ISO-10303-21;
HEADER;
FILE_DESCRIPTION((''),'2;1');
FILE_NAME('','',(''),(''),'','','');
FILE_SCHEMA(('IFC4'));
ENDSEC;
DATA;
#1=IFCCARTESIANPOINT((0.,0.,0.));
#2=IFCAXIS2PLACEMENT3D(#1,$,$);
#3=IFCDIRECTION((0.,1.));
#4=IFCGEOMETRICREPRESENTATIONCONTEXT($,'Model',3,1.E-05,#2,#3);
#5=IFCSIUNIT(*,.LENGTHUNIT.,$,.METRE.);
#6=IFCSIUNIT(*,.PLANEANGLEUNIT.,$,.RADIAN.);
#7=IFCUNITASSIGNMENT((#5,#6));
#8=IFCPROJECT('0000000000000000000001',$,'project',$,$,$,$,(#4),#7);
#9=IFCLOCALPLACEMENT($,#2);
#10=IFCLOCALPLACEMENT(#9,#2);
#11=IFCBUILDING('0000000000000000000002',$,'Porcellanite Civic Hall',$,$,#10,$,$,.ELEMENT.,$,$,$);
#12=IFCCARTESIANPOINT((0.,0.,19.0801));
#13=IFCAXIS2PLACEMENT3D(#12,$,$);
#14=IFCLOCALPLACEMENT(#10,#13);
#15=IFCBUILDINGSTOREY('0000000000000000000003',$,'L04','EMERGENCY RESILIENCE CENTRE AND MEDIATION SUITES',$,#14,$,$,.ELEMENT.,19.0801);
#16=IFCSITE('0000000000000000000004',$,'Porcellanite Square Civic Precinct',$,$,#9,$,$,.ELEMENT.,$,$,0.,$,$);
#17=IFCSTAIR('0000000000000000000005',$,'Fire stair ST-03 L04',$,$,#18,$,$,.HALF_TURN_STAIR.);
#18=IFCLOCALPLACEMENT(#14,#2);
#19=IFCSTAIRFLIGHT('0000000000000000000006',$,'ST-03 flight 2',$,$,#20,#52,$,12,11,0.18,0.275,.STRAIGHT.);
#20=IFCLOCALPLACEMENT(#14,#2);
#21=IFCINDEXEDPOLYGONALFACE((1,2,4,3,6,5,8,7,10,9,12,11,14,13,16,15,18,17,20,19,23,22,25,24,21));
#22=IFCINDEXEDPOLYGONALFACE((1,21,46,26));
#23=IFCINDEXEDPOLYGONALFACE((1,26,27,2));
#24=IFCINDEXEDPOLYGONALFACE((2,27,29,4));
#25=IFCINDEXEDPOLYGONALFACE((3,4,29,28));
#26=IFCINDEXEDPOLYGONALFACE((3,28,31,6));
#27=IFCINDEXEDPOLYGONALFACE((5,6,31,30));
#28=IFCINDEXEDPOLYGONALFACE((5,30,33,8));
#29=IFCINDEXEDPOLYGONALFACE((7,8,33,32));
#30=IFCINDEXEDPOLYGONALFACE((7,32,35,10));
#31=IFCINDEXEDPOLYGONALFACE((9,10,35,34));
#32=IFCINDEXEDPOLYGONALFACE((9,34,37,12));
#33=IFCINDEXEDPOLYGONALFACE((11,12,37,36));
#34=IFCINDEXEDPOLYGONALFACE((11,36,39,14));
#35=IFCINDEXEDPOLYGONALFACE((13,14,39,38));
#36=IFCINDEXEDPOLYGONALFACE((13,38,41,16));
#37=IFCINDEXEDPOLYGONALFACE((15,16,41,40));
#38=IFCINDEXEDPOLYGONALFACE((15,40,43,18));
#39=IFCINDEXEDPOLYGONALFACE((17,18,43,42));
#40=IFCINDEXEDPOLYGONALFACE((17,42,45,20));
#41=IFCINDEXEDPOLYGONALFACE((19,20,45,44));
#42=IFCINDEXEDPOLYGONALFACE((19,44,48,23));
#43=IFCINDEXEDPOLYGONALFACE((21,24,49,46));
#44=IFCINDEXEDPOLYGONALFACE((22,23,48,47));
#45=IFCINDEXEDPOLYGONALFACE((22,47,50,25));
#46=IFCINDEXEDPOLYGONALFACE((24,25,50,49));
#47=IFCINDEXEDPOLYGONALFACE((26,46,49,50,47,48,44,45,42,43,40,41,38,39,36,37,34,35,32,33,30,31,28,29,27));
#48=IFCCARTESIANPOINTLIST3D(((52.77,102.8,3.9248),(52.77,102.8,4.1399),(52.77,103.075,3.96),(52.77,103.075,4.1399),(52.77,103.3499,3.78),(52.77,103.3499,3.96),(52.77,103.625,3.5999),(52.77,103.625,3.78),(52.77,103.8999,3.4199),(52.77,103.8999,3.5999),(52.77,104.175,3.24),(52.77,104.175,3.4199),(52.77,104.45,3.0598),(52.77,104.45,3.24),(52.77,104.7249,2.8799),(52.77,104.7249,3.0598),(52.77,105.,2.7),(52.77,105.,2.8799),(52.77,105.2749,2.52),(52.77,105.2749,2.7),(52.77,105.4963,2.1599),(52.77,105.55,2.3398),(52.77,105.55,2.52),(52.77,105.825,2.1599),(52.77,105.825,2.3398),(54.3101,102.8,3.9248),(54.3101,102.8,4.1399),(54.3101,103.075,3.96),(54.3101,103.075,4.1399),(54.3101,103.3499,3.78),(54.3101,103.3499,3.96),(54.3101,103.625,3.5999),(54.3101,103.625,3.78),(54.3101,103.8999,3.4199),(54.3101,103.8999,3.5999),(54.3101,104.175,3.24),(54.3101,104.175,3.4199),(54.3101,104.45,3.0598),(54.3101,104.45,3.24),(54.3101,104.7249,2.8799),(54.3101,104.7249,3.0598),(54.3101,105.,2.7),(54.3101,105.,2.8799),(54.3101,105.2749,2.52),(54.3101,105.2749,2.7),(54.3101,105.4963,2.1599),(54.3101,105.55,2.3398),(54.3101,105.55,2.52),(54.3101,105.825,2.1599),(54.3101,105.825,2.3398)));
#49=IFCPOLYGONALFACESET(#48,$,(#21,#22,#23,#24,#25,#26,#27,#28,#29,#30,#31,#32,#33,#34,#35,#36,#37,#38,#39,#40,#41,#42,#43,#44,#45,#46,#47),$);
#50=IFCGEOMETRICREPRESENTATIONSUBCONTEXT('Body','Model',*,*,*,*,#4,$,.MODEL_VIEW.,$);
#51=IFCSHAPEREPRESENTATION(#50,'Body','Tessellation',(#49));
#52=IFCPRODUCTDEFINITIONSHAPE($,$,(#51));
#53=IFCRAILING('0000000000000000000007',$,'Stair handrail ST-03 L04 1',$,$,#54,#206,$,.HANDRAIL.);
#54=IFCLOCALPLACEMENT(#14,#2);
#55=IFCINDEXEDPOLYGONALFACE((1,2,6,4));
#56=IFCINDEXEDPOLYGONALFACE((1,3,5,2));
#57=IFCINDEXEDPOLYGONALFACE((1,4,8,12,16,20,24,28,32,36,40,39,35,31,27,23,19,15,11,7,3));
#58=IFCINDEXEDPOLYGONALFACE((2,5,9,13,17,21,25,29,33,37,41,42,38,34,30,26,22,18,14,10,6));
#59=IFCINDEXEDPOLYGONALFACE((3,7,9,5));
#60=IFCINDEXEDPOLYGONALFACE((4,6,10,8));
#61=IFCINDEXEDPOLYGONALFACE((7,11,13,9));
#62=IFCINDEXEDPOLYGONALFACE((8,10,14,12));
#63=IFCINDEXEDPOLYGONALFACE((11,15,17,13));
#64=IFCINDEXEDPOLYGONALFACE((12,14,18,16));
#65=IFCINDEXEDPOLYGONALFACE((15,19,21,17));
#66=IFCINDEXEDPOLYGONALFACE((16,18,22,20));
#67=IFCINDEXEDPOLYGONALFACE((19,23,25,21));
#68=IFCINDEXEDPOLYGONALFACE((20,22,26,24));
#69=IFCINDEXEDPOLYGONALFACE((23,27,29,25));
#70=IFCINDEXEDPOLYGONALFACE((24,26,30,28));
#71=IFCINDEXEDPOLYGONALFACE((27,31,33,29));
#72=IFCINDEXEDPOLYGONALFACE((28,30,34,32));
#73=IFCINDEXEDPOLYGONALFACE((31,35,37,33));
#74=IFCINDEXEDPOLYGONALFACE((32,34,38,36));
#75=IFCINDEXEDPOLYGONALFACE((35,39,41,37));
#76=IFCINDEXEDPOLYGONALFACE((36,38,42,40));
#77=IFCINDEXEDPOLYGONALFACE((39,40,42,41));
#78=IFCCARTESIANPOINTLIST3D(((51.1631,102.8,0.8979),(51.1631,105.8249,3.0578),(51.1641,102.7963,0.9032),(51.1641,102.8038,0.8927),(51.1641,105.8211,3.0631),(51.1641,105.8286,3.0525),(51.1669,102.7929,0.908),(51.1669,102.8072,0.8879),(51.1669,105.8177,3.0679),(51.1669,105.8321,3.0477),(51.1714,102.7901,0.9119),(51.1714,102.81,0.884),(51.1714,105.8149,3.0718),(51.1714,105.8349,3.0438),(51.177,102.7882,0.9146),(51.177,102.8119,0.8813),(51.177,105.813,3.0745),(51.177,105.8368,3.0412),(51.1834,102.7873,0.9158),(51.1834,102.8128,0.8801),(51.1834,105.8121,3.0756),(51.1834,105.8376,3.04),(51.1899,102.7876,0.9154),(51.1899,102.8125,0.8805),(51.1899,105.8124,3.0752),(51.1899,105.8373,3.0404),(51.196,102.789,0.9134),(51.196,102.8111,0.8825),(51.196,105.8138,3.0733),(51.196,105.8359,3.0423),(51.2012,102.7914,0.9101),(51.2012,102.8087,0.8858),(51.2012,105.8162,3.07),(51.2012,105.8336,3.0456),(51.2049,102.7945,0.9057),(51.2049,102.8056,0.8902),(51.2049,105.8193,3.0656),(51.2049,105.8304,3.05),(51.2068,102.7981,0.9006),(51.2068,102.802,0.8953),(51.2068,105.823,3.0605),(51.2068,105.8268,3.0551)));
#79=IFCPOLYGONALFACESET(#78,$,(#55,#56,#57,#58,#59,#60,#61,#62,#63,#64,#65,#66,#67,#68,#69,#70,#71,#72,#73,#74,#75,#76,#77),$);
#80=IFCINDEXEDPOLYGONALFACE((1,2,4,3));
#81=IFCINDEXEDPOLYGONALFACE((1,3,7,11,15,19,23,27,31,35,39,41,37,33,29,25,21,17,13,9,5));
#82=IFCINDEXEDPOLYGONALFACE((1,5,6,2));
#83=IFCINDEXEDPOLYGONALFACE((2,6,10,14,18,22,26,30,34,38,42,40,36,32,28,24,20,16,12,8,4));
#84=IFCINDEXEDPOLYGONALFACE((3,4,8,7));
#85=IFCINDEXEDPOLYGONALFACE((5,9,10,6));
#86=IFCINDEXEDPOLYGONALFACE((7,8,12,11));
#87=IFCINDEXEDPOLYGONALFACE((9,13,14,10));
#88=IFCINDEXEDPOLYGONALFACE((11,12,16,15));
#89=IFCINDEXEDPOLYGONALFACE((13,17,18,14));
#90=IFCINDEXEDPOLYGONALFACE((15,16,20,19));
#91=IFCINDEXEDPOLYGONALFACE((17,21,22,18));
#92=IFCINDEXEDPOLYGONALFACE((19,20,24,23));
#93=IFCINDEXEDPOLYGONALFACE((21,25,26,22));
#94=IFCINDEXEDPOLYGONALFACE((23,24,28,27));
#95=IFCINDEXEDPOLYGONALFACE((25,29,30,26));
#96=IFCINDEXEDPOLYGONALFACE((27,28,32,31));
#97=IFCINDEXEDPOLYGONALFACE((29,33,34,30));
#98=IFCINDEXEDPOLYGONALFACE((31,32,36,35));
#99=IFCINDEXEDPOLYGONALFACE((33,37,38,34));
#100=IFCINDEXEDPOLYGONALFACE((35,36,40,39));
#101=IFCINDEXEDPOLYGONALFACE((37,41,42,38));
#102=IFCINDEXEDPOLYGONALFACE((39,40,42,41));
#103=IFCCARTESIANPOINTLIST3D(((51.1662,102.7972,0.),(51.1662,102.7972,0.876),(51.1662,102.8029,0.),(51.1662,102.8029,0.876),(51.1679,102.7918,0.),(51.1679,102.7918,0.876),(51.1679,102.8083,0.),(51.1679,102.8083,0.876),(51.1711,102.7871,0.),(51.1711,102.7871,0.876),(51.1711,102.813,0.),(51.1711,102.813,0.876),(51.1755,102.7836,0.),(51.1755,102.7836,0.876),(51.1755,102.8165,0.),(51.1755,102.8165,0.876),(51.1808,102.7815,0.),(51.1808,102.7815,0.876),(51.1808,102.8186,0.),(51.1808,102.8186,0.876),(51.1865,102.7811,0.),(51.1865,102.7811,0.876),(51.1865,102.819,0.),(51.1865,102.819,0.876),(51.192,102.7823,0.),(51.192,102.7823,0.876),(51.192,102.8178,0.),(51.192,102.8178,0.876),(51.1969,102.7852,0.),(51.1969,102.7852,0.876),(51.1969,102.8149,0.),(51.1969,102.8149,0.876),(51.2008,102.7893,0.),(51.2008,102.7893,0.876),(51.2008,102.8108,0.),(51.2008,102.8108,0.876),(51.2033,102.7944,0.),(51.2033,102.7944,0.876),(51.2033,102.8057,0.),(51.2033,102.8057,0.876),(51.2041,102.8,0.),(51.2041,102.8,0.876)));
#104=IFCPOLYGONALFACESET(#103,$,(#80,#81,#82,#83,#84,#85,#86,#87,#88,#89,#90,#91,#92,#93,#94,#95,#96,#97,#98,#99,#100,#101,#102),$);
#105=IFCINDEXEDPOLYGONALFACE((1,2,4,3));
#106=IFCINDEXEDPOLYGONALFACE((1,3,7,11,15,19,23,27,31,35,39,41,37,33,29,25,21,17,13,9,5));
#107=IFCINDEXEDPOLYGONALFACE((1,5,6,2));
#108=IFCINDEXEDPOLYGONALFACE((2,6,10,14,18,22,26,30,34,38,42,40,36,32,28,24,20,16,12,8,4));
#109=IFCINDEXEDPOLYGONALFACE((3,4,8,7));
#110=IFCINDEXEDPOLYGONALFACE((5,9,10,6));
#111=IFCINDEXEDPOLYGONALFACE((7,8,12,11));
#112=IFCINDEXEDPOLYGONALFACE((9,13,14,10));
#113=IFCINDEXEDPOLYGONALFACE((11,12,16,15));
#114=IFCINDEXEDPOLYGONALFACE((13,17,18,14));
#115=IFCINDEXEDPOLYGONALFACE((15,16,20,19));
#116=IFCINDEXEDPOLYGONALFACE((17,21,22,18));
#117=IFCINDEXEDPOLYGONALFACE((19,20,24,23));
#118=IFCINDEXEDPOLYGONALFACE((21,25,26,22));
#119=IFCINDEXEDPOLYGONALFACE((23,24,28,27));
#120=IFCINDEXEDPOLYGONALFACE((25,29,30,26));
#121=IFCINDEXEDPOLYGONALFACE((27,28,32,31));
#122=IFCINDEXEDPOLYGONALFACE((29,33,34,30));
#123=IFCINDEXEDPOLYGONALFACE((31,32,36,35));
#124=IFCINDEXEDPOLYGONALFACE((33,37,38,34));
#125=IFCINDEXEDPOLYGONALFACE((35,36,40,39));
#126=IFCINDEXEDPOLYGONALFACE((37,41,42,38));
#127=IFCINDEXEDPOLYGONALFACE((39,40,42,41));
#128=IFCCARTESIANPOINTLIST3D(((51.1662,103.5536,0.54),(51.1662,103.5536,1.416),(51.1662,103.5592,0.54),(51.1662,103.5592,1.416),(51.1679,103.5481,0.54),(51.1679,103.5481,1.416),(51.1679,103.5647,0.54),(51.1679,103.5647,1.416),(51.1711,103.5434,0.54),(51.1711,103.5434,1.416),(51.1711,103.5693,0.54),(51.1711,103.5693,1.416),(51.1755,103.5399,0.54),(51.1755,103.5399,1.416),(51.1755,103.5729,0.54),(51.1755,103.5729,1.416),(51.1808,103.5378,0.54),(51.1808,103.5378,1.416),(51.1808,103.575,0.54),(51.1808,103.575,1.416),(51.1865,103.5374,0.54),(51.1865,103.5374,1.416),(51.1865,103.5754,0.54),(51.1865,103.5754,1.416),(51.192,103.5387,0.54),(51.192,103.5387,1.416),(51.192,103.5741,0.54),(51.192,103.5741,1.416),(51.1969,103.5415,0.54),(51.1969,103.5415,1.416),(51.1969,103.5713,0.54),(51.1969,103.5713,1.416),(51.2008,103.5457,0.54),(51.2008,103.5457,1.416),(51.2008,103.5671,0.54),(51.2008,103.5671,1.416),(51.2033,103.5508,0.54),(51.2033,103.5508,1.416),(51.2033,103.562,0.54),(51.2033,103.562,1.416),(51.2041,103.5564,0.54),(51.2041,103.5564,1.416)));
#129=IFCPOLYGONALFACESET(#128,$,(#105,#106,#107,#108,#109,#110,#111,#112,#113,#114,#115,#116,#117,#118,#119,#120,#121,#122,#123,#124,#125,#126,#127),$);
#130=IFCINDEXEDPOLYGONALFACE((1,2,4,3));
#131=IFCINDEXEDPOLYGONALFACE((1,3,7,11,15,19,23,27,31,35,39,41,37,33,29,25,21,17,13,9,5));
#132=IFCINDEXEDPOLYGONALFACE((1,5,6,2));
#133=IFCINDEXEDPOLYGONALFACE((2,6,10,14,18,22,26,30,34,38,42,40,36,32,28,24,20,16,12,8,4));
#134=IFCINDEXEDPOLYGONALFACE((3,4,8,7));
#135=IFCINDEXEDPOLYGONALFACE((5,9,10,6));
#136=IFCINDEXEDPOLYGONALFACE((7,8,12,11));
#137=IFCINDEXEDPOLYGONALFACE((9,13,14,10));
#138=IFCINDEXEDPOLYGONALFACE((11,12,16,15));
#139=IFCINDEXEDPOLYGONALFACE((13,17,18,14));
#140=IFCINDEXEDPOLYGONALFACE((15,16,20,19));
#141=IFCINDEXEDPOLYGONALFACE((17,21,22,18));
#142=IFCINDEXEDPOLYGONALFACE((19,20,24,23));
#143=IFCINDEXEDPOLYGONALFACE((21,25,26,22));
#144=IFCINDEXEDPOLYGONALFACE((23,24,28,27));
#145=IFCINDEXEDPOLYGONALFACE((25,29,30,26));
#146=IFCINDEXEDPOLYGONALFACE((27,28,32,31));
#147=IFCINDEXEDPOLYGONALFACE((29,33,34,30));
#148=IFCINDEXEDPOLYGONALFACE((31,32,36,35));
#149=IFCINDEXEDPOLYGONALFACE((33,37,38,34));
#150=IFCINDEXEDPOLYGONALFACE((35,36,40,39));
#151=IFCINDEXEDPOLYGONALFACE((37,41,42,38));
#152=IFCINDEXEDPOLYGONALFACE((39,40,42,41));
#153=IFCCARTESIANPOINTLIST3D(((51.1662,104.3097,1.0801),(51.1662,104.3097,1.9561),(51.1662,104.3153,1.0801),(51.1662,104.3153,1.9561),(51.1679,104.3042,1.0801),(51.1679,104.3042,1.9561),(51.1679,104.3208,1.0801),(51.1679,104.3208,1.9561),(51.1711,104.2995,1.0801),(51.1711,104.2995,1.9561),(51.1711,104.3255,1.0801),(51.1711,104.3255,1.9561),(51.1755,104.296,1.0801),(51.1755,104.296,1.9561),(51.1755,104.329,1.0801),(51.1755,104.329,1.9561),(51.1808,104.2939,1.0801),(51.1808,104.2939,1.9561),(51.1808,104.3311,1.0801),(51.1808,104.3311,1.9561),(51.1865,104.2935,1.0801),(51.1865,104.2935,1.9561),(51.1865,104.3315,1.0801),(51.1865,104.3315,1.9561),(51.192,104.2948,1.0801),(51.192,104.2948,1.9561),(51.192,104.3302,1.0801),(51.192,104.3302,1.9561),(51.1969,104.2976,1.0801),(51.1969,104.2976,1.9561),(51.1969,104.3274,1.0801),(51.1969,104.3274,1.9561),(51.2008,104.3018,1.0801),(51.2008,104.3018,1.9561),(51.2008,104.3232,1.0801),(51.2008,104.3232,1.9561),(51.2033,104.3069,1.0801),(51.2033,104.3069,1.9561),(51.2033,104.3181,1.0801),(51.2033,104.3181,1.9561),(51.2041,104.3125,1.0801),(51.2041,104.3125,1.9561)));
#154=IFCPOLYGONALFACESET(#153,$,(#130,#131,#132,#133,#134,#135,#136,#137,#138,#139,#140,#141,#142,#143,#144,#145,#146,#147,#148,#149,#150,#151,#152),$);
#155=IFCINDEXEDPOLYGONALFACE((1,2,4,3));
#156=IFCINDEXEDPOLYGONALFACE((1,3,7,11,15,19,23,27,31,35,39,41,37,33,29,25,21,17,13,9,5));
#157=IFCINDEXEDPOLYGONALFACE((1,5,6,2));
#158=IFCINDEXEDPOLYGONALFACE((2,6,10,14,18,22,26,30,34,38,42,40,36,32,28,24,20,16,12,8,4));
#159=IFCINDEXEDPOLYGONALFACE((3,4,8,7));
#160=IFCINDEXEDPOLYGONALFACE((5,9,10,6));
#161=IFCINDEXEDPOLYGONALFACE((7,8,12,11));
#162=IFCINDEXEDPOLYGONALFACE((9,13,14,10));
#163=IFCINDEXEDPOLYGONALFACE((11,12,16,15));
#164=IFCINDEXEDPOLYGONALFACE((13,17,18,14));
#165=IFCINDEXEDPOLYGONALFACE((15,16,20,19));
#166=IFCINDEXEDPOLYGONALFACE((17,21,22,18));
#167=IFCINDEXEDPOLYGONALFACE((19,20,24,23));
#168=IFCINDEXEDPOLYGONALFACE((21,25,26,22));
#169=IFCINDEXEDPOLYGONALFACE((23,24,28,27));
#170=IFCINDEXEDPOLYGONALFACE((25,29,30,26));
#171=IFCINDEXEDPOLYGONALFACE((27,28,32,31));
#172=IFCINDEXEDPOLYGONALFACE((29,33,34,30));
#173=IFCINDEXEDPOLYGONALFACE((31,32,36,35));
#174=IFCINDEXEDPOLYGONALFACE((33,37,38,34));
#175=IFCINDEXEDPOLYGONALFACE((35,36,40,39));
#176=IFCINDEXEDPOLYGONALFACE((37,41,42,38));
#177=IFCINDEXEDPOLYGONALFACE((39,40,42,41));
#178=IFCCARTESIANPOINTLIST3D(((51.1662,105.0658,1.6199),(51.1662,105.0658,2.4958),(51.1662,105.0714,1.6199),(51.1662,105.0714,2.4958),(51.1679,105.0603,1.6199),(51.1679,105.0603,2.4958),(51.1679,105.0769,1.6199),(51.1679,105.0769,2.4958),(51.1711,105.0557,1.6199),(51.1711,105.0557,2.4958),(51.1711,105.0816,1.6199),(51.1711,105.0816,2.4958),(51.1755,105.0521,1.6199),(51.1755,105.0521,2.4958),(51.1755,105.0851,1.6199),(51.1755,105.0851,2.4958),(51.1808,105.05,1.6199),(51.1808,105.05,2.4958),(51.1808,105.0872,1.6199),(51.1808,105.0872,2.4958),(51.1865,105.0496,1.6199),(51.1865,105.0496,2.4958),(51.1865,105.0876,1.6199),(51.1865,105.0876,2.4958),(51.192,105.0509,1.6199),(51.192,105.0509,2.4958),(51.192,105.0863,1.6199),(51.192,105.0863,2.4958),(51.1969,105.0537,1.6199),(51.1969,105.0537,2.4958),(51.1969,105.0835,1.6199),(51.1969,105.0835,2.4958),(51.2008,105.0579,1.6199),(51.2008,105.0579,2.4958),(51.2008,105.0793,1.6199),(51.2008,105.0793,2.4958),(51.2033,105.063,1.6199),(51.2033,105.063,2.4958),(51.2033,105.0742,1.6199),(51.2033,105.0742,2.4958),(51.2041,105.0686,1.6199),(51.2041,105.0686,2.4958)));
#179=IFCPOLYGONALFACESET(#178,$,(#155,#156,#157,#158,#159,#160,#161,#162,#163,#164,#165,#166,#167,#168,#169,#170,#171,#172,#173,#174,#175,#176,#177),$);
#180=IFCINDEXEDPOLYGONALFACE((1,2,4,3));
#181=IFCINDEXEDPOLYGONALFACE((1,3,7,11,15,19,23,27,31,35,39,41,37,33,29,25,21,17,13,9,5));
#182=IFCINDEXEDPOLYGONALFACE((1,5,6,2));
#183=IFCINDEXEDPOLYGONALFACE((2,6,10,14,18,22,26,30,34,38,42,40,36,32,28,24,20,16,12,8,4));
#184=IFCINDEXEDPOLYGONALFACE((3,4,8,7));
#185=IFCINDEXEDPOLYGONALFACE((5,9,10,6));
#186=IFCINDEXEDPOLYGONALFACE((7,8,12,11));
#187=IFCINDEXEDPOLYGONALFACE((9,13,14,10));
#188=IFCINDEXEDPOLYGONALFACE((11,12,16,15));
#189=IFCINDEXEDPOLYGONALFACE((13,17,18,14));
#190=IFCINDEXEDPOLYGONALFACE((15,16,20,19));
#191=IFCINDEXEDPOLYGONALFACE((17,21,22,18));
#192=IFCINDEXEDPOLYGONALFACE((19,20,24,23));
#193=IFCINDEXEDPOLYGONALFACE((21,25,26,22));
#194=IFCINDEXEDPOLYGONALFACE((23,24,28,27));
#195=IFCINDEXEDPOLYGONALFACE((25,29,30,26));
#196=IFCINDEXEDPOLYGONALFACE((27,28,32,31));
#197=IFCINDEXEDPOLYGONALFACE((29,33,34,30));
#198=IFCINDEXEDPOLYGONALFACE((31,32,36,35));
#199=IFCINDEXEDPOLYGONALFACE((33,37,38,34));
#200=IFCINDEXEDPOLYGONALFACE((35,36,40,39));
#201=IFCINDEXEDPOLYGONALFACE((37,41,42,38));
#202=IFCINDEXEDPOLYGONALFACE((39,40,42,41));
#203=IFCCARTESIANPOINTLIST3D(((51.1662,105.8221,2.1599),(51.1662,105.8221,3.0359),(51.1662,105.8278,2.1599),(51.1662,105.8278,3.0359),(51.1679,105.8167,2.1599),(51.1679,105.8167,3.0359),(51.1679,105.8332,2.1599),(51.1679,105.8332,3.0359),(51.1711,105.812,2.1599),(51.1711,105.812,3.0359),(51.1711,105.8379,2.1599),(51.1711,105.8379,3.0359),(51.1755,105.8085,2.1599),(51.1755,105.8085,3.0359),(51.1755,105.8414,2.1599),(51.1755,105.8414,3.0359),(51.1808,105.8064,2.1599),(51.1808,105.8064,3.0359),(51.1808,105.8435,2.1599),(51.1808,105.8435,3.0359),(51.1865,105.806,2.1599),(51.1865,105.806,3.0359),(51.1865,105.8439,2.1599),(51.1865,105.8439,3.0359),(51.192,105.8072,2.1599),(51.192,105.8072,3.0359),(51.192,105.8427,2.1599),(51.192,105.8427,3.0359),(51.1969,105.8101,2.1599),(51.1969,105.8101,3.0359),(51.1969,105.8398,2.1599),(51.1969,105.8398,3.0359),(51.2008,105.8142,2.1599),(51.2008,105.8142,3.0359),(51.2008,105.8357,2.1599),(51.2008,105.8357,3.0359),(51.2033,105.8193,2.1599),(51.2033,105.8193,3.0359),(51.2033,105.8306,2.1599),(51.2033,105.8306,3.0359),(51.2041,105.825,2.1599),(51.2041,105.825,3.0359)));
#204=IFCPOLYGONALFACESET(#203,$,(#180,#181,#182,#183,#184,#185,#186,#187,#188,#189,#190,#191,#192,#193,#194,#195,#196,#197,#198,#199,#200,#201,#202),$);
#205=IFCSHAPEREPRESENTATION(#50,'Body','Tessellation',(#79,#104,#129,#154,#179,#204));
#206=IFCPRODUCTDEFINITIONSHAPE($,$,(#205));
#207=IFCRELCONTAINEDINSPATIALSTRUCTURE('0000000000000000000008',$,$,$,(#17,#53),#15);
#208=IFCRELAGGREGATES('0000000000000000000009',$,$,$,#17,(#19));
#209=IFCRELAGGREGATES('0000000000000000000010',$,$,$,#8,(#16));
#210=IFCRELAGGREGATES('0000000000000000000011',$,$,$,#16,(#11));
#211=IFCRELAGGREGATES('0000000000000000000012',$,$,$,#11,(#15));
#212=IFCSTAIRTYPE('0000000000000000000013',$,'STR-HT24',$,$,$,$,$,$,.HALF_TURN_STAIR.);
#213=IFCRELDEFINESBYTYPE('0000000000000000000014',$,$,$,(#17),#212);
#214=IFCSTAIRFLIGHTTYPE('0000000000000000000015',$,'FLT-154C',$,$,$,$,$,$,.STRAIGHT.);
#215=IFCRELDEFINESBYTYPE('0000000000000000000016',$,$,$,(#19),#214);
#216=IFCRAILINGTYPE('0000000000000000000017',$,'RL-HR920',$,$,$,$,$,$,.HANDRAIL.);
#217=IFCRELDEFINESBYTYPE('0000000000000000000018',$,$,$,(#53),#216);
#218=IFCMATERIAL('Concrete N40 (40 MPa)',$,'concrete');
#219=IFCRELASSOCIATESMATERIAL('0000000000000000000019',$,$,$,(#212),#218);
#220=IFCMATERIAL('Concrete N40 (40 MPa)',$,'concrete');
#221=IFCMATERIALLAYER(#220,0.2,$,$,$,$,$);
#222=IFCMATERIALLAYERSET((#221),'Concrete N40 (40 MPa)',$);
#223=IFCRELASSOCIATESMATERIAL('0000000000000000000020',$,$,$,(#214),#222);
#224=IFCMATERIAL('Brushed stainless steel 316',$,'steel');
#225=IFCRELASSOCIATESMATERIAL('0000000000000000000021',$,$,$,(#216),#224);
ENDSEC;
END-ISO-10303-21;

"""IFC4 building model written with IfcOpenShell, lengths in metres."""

from ifc_helpers import new_model, si_unit, direction, frame, origin, origin_2d, place, context, subcontext, project, spatial, polyline, circle, outline, extrude, material, layer, layer_set, type_object, element, aggregate, save


model = new_model("IFC4")

# Units and contexts
model_context = context("Model", 3, precision=1e-05, world=origin(), true_north=direction((0.0, 1.0)))
body_context = subcontext(model_context, "Body", "Model", "MODEL_VIEW")
ifc_project = project(units=[si_unit("LENGTHUNIT", "METRE"), si_unit("PLANEANGLEUNIT", "RADIAN")], contexts=[model_context])

# Site, building, storey
site_placement = place(None, origin())
site = spatial("IfcSite", under=ifc_project, at=site_placement, Name="Porcellanite Square Civic Precinct", CompositionType="ELEMENT", RefElevation=0.0)
building_placement = place(site_placement, origin())
building = spatial("IfcBuilding", under=site, at=building_placement, Name="Porcellanite Civic Hall", CompositionType="ELEMENT")
storey_placement = place(building_placement, frame((0.0, 0.0, 19.0801)))
storey = spatial("IfcBuildingStorey", under=building, at=storey_placement, Name="L04", Description="EMERGENCY RESILIENCE CENTRE AND MEDIATION SUITES", CompositionType="ELEMENT", Elevation=19.0801)

# Stair, stair flight
ifc_material_1 = material(Name="Concrete N40 (40 MPa)", Category="concrete")
stair_type = type_object("IfcStairType", Name="STR-HT24", PredefinedType="HALF_TURN_STAIR", material=ifc_material_1)
stair_placement = place(storey_placement, origin())
stair = element("IfcStair", 1, at=stair_placement, inside=storey, type_object=stair_type, Name="Fire stair ST-03 L04", PredefinedType="HALF_TURN_STAIR")
ifc_material_2 = material(Name="Concrete N40 (40 MPa)", Category="concrete")
ifc_layer_1 = layer(ifc_material_2, 0.2)
ifc_layer_set_1 = layer_set([ifc_layer_1], Name="Concrete N40 (40 MPa)")
stair_flight_type = type_object("IfcStairFlightType", Name="FLT-154C", PredefinedType="STRAIGHT", material=ifc_layer_set_1)
stair_flight_1_placement = place(storey_placement, frame((53.54, 105.825, 2.1599), z_axis=(0.0, 0.0, 1.0), x_axis=(0.0, -1.0, 0.0)))
stair_flight_1 = element("IfcStairFlight", 2, at=stair_flight_1_placement, type_object=stair_flight_type, Name="ST-03 flight 2", NumberOfRisers=12, NumberOfTreads=11, PredefinedType="STRAIGHT", RiserHeight=0.18, TreadLength=0.275, context=body_context, shape_type="SweptSolid", body=[
    extrude(outline(polyline([(0.0, 0.0), (0.0, 0.1799), (0.2749, 0.1799), (0.2749, 0.3601), (0.55, 0.3601), (0.55, 0.54), (0.825, 0.54), (0.825, 0.72), (1.1001, 0.72), (1.1001, 0.8999), (1.375, 0.8999), (1.375, 1.0801), (1.6499, 1.0801), (1.6499, 1.26), (1.925, 1.26), (1.925, 1.4399), (2.2, 1.4399), (2.2, 1.6201), (2.4751, 1.6201), (2.4751, 1.8), (2.75, 1.8), (2.75, 1.98), (3.0249, 1.98), (3.0249, 2.1599), (3.0249, 1.7649), (0.3286, 0.0), (0.0, 0.0)])), frame((0.0, 0.77, 0.0), z_axis=(0.0, -1.0, 0.0), x_axis=(1.0, 0.0, 0.0)), (0.0, 0.0, 1.0), 1.54),
])
aggregate(stair, [stair_flight_1])

# Railing
ifc_material_3 = material(Name="Brushed stainless steel 316", Category="steel")
railing_type_1 = type_object("IfcRailingType", Name="RL-HR920", PredefinedType="HANDRAIL", material=ifc_material_3)
railing_1_placement = place(storey_placement, frame((51.1851, 102.8, 0.0)))
element("IfcRailing", 3, at=railing_1_placement, inside=storey, type_object=railing_type_1, Name="Stair handrail ST-03 L04 1", PredefinedType="HANDRAIL", context=body_context, shape_type="SweptSolid", body=[
    extrude(circle(Radius=0.022, at=origin_2d()), frame((0.0, 0.0, 0.8979), z_axis=(0.0, 0.813827, 0.581108), x_axis=(-1.0, 0.0, 0.0)), (0.0, 0.0, 1.0), 3.7168),
    extrude(circle(Radius=0.019, at=origin_2d()), origin(), (0.0, 0.0, 1.0), 0.876),
    extrude(circle(Radius=0.019, at=origin_2d()), frame((0.0, 0.7563, 0.54)), (0.0, 0.0, 1.0), 0.876),
    extrude(circle(Radius=0.019, at=origin_2d()), frame((0.0, 1.5125, 1.0801)), (0.0, 0.0, 1.0), 0.876),
    extrude(circle(Radius=0.019, at=origin_2d()), frame((0.0, 2.2686, 1.6199)), (0.0, 0.0, 1.0), 0.876),
    extrude(circle(Radius=0.019, at=origin_2d()), frame((0.0, 3.0249, 2.1599)), (0.0, 0.0, 1.0), 0.876),
])

save(model, "model.ifc")
